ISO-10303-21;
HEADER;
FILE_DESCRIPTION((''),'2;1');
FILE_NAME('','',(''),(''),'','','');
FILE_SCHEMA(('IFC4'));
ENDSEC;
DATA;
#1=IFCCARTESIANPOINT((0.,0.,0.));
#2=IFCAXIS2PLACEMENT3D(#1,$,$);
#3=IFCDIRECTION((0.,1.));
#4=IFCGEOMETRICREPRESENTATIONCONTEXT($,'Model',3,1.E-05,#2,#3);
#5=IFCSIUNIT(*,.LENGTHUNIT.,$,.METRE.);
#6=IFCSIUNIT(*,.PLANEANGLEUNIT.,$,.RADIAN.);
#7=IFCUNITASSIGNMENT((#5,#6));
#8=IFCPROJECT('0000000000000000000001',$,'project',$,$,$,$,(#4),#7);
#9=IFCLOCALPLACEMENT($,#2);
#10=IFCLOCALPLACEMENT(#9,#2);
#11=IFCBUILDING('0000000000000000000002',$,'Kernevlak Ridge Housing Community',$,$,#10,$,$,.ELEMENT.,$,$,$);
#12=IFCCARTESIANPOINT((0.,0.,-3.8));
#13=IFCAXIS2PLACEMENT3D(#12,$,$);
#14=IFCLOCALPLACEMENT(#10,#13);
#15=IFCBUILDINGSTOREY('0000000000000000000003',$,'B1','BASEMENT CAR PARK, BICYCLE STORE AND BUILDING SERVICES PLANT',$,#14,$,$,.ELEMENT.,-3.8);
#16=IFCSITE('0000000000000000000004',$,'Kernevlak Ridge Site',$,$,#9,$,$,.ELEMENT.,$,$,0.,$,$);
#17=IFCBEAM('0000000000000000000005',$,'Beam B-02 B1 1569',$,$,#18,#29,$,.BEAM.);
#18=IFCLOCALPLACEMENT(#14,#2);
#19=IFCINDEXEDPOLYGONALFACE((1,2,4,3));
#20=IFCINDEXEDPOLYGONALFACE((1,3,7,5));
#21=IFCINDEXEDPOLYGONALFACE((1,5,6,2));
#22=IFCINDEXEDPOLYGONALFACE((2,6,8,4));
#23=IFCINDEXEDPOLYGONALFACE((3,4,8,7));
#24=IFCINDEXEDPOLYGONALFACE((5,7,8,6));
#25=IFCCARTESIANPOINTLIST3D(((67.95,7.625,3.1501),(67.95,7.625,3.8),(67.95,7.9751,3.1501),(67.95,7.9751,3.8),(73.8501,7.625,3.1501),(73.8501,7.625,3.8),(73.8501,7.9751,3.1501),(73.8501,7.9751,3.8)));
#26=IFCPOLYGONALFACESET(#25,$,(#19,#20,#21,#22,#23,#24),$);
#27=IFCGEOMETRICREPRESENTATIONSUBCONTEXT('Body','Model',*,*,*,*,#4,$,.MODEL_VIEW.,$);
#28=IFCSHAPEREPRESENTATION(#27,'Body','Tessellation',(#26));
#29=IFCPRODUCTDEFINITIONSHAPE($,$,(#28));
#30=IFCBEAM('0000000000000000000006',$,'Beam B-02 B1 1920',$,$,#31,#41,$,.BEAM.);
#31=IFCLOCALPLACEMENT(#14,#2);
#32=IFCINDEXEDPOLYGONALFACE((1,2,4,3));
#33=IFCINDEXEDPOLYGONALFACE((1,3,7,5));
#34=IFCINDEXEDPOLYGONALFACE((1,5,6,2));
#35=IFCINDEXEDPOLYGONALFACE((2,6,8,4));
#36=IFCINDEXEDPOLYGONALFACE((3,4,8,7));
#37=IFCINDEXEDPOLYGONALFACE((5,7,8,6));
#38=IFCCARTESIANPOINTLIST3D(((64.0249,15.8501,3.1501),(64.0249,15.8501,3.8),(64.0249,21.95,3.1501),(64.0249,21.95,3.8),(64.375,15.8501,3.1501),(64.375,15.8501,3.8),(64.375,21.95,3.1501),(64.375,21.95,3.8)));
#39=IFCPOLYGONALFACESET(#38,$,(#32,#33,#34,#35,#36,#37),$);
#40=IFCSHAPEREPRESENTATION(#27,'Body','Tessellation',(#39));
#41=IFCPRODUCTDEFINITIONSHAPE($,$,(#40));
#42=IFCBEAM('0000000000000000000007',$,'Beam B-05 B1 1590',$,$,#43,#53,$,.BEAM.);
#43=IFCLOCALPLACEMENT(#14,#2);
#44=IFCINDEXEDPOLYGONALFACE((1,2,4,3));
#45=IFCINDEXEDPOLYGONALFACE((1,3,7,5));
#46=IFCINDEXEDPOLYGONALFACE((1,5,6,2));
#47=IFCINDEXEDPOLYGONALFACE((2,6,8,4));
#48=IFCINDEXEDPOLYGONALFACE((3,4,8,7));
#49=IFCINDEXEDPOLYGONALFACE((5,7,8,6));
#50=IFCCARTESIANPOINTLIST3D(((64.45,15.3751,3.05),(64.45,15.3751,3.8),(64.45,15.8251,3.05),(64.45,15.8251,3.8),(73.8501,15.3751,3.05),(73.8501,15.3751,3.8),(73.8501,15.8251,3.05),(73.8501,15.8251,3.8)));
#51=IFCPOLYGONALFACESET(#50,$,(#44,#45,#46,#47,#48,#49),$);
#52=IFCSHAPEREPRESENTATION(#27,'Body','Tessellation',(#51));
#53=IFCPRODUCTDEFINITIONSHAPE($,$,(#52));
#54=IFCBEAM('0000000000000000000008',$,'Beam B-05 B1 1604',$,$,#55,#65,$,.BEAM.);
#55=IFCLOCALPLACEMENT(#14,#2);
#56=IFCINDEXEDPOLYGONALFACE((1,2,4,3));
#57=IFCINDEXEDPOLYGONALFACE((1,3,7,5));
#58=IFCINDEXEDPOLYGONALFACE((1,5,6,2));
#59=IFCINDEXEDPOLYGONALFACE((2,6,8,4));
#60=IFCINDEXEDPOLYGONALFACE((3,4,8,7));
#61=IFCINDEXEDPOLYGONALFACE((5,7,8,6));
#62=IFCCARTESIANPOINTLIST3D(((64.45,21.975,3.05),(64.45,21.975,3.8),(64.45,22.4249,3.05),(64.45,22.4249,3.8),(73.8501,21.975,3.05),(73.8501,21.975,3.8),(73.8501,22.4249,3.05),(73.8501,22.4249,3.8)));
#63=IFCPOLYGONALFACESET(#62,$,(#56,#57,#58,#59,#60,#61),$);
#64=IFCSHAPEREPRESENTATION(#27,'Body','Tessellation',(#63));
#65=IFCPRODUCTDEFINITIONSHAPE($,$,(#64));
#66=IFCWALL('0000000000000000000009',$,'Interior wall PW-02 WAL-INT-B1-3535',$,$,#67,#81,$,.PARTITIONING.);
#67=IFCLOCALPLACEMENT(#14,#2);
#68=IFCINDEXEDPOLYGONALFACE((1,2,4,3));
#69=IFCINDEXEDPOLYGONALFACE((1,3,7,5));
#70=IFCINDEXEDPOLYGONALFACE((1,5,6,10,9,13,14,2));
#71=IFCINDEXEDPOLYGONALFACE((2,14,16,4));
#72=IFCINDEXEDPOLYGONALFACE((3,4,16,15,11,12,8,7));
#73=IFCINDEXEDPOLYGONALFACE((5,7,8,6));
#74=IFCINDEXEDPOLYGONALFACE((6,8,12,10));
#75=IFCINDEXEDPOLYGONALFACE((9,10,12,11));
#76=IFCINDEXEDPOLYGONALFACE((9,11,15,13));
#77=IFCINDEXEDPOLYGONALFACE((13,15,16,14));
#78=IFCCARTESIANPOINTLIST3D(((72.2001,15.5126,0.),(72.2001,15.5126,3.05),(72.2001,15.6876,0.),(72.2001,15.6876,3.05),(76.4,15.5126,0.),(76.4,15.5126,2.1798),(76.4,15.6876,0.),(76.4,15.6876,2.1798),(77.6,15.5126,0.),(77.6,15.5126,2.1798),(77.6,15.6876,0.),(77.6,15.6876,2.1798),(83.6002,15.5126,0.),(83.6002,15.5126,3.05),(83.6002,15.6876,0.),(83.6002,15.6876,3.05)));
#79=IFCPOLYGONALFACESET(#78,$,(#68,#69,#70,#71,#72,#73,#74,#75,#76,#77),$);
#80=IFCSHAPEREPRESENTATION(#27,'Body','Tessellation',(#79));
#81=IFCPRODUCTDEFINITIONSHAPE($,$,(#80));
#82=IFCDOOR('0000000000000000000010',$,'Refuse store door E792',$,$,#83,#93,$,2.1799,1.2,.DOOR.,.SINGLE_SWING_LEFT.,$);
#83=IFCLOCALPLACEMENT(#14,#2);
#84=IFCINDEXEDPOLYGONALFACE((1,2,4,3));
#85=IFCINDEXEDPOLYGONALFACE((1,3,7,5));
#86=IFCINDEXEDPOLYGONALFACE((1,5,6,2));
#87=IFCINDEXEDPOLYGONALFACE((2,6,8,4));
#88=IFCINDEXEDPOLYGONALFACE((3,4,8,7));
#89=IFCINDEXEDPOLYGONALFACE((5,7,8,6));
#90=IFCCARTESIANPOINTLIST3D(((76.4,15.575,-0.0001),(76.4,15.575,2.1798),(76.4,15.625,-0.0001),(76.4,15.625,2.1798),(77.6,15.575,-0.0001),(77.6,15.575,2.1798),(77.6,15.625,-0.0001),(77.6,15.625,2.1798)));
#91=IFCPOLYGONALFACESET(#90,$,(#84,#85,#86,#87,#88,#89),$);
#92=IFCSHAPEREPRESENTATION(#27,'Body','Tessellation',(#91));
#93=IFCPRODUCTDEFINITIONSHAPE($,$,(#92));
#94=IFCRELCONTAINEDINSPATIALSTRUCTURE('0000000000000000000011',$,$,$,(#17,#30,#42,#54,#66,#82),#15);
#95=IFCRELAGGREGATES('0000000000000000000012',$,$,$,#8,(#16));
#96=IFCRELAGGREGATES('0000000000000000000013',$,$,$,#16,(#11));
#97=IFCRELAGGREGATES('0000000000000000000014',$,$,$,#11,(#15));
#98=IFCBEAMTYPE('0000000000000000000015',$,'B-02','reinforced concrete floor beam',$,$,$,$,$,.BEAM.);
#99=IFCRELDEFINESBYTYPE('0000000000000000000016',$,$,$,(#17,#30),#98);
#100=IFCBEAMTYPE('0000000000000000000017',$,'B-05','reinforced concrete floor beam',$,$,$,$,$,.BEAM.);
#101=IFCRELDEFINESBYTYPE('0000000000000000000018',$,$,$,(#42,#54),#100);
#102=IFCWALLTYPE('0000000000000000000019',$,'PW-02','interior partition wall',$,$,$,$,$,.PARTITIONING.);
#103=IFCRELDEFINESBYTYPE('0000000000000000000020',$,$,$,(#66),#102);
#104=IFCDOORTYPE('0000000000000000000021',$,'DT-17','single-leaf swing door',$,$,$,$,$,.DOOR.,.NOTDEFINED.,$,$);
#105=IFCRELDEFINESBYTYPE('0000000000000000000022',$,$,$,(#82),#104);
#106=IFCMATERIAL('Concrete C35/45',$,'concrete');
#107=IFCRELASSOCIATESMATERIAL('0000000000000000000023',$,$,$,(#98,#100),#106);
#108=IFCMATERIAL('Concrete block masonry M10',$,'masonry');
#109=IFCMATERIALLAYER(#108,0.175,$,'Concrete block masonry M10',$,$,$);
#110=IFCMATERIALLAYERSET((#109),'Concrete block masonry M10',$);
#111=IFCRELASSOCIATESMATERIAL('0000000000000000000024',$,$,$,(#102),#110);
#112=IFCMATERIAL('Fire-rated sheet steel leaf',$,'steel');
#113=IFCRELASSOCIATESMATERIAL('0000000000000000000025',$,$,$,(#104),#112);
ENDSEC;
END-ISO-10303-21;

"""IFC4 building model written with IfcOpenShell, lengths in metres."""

from ifc_helpers import new_model, si_unit, direction, frame, frame_2d, origin, origin_2d, place, context, subcontext, project, spatial, rectangle, extrude, material, layer, layer_set, material_profile, profile_set, type_object, element, fill, save


model = new_model("IFC4")

# Units and contexts
model_context = context("Model", 3, precision=1e-05, world=origin(), true_north=direction((0.0, 1.0)))
body_context = subcontext(model_context, "Body", "Model", "MODEL_VIEW")
ifc_project = project(units=[si_unit("LENGTHUNIT", "METRE"), si_unit("PLANEANGLEUNIT", "RADIAN")], contexts=[model_context])

# Site, building, storey
site_placement = place(None, origin())
site = spatial("IfcSite", under=ifc_project, at=site_placement, Name="Kernevlak Ridge Site", CompositionType="ELEMENT", RefElevation=0.0)
building_placement = place(site_placement, origin())
building = spatial("IfcBuilding", under=site, at=building_placement, Name="Kernevlak Ridge Housing Community", CompositionType="ELEMENT")
storey_placement = place(building_placement, frame((0.0, 0.0, -3.8)))
storey = spatial("IfcBuildingStorey", under=building, at=storey_placement, Name="B1", Description="BASEMENT CAR PARK, BICYCLE STORE AND BUILDING SERVICES PLANT", CompositionType="ELEMENT", Elevation=-3.8)

# Shared definitions
ifc_material_1 = material(Name="Concrete C35/45", Category="concrete")

# Beams
ifc_material_profile_1 = material_profile(ifc_material_1, rectangle(XDim=0.3501, YDim=0.6499, at=origin_2d()), Name="RC 350x650")
ifc_profile_set_1 = profile_set([ifc_material_profile_1], Name="Concrete C35/45")
beam_type_1 = type_object("IfcBeamType", Name="B-02", Description="reinforced concrete floor beam", PredefinedType="BEAM", material=ifc_profile_set_1)
beam_1_placement = place(storey_placement, frame((67.95, 7.8, 3.4751), z_axis=(1.0, 0.0, 0.0), x_axis=(0.0, 1.0, 0.0)))
element("IfcBeam", 1, at=beam_1_placement, inside=storey, type_object=beam_type_1, Name="Beam B-02 B1 1569", PredefinedType="BEAM", context=body_context, shape_type="SweptSolid", body=[
    extrude(rectangle(XDim=0.3501, YDim=0.6499, at=origin_2d()), origin(), (0.0, 0.0, 1.0), 5.9001),
])
beam_2_placement = place(storey_placement, frame((64.2, 15.8501, 3.4751), z_axis=(0.0, 1.0, 0.0), x_axis=(-1.0, 0.0, 0.0)))
element("IfcBeam", 2, at=beam_2_placement, inside=storey, type_object=beam_type_1, Name="Beam B-02 B1 1920", PredefinedType="BEAM", context=body_context, shape_type="SweptSolid", body=[
    extrude(rectangle(XDim=0.3501, YDim=0.6499, at=origin_2d()), origin(), (0.0, 0.0, 1.0), 6.0999),
])
ifc_material_profile_2 = material_profile(ifc_material_1, rectangle(XDim=0.45, YDim=0.75, at=origin_2d()), Name="RC 450x750")
ifc_profile_set_2 = profile_set([ifc_material_profile_2], Name="Concrete C35/45")
beam_type_2 = type_object("IfcBeamType", Name="B-05", Description="reinforced concrete floor beam", PredefinedType="BEAM", material=ifc_profile_set_2)
for number, where, z_axis, x_axis, name in (
    (3, (64.45, 15.6001, 3.425), (1.0, 0.0, 0.0), (0.0, 1.0, 0.0), "Beam B-05 B1 1590"),
    (4, (64.45, 22.2, 3.425), (1.0, 0.0, 0.0), (0.0, 1.0, 0.0), "Beam B-05 B1 1604"),
):
    element("IfcBeam", number, at=place(storey_placement, frame(where, z_axis=z_axis, x_axis=x_axis)), inside=storey, type_object=beam_type_2, Name=name, PredefinedType="BEAM", context=body_context, shape_type="SweptSolid", body=[
        extrude(rectangle(XDim=0.45, YDim=0.75, at=origin_2d()), origin(), (0.0, 0.0, 1.0), 9.4001),
    ])

# Wall, opening, door
ifc_material_2 = material(Name="Concrete block masonry M10", Category="masonry")
ifc_layer = layer(ifc_material_2, 0.175, Name="Concrete block masonry M10")
ifc_layer_set = layer_set([ifc_layer], Name="Concrete block masonry M10")
wall_type = type_object("IfcWallType", Name="PW-02", Description="interior partition wall", PredefinedType="PARTITIONING", material=ifc_layer_set)
wall_placement = place(storey_placement, frame((72.2, 15.6001, 0.0), z_axis=(0.0, 0.0, 1.0), x_axis=(1.0, 0.0, 0.0)))
wall = element("IfcWall", 5, at=wall_placement, inside=storey, type_object=wall_type, Name="Interior wall PW-02 WAL-INT-B1-3535", PredefinedType="PARTITIONING", context=body_context, shape_type="SweptSolid", body=[
    extrude(rectangle(XDim=11.4001, YDim=0.175, at=frame_2d((5.7002, 0.0))), origin(), (0.0, 0.0, 1.0), 3.05),
])
opening_placement = place(wall_placement, frame((4.2, 0.0, 0.0)))
opening = element("IfcOpeningElement", 6, at=opening_placement, cuts=wall, PredefinedType="OPENING", context=body_context, shape_type="SweptSolid", body=[
    extrude(rectangle(XDim=1.2, YDim=2.1799, at=frame_2d((0.6001, 1.0898))), frame((0.0, 0.0974, 0.0), z_axis=(0.0, -1.0, 0.0), x_axis=(1.0, 0.0, 0.0)), (0.0, 0.0, 1.0), 0.1951),
])
ifc_material_3 = material(Name="Fire-rated sheet steel leaf", Category="steel")
door_type = type_object("IfcDoorType", Name="DT-17", Description="single-leaf swing door", OperationType="NOTDEFINED", PredefinedType="DOOR", material=ifc_material_3)
door_placement = place(opening_placement, origin())
door = element("IfcDoor", 7, at=door_placement, inside=storey, type_object=door_type, Name="Refuse store door E792", OperationType="SINGLE_SWING_LEFT", OverallHeight=2.1799, OverallWidth=1.2, PredefinedType="DOOR", context=body_context, shape_type="SweptSolid", body=[
    extrude(rectangle(XDim=1.2, YDim=2.1799, at=frame_2d((0.6001, 1.0898))), frame((0.0, 0.0249, 0.0), z_axis=(0.0, -1.0, 0.0), x_axis=(1.0, 0.0, 0.0)), (0.0, 0.0, 1.0), 0.05),
])
fill(opening, door)

save(model, "model.ifc")
